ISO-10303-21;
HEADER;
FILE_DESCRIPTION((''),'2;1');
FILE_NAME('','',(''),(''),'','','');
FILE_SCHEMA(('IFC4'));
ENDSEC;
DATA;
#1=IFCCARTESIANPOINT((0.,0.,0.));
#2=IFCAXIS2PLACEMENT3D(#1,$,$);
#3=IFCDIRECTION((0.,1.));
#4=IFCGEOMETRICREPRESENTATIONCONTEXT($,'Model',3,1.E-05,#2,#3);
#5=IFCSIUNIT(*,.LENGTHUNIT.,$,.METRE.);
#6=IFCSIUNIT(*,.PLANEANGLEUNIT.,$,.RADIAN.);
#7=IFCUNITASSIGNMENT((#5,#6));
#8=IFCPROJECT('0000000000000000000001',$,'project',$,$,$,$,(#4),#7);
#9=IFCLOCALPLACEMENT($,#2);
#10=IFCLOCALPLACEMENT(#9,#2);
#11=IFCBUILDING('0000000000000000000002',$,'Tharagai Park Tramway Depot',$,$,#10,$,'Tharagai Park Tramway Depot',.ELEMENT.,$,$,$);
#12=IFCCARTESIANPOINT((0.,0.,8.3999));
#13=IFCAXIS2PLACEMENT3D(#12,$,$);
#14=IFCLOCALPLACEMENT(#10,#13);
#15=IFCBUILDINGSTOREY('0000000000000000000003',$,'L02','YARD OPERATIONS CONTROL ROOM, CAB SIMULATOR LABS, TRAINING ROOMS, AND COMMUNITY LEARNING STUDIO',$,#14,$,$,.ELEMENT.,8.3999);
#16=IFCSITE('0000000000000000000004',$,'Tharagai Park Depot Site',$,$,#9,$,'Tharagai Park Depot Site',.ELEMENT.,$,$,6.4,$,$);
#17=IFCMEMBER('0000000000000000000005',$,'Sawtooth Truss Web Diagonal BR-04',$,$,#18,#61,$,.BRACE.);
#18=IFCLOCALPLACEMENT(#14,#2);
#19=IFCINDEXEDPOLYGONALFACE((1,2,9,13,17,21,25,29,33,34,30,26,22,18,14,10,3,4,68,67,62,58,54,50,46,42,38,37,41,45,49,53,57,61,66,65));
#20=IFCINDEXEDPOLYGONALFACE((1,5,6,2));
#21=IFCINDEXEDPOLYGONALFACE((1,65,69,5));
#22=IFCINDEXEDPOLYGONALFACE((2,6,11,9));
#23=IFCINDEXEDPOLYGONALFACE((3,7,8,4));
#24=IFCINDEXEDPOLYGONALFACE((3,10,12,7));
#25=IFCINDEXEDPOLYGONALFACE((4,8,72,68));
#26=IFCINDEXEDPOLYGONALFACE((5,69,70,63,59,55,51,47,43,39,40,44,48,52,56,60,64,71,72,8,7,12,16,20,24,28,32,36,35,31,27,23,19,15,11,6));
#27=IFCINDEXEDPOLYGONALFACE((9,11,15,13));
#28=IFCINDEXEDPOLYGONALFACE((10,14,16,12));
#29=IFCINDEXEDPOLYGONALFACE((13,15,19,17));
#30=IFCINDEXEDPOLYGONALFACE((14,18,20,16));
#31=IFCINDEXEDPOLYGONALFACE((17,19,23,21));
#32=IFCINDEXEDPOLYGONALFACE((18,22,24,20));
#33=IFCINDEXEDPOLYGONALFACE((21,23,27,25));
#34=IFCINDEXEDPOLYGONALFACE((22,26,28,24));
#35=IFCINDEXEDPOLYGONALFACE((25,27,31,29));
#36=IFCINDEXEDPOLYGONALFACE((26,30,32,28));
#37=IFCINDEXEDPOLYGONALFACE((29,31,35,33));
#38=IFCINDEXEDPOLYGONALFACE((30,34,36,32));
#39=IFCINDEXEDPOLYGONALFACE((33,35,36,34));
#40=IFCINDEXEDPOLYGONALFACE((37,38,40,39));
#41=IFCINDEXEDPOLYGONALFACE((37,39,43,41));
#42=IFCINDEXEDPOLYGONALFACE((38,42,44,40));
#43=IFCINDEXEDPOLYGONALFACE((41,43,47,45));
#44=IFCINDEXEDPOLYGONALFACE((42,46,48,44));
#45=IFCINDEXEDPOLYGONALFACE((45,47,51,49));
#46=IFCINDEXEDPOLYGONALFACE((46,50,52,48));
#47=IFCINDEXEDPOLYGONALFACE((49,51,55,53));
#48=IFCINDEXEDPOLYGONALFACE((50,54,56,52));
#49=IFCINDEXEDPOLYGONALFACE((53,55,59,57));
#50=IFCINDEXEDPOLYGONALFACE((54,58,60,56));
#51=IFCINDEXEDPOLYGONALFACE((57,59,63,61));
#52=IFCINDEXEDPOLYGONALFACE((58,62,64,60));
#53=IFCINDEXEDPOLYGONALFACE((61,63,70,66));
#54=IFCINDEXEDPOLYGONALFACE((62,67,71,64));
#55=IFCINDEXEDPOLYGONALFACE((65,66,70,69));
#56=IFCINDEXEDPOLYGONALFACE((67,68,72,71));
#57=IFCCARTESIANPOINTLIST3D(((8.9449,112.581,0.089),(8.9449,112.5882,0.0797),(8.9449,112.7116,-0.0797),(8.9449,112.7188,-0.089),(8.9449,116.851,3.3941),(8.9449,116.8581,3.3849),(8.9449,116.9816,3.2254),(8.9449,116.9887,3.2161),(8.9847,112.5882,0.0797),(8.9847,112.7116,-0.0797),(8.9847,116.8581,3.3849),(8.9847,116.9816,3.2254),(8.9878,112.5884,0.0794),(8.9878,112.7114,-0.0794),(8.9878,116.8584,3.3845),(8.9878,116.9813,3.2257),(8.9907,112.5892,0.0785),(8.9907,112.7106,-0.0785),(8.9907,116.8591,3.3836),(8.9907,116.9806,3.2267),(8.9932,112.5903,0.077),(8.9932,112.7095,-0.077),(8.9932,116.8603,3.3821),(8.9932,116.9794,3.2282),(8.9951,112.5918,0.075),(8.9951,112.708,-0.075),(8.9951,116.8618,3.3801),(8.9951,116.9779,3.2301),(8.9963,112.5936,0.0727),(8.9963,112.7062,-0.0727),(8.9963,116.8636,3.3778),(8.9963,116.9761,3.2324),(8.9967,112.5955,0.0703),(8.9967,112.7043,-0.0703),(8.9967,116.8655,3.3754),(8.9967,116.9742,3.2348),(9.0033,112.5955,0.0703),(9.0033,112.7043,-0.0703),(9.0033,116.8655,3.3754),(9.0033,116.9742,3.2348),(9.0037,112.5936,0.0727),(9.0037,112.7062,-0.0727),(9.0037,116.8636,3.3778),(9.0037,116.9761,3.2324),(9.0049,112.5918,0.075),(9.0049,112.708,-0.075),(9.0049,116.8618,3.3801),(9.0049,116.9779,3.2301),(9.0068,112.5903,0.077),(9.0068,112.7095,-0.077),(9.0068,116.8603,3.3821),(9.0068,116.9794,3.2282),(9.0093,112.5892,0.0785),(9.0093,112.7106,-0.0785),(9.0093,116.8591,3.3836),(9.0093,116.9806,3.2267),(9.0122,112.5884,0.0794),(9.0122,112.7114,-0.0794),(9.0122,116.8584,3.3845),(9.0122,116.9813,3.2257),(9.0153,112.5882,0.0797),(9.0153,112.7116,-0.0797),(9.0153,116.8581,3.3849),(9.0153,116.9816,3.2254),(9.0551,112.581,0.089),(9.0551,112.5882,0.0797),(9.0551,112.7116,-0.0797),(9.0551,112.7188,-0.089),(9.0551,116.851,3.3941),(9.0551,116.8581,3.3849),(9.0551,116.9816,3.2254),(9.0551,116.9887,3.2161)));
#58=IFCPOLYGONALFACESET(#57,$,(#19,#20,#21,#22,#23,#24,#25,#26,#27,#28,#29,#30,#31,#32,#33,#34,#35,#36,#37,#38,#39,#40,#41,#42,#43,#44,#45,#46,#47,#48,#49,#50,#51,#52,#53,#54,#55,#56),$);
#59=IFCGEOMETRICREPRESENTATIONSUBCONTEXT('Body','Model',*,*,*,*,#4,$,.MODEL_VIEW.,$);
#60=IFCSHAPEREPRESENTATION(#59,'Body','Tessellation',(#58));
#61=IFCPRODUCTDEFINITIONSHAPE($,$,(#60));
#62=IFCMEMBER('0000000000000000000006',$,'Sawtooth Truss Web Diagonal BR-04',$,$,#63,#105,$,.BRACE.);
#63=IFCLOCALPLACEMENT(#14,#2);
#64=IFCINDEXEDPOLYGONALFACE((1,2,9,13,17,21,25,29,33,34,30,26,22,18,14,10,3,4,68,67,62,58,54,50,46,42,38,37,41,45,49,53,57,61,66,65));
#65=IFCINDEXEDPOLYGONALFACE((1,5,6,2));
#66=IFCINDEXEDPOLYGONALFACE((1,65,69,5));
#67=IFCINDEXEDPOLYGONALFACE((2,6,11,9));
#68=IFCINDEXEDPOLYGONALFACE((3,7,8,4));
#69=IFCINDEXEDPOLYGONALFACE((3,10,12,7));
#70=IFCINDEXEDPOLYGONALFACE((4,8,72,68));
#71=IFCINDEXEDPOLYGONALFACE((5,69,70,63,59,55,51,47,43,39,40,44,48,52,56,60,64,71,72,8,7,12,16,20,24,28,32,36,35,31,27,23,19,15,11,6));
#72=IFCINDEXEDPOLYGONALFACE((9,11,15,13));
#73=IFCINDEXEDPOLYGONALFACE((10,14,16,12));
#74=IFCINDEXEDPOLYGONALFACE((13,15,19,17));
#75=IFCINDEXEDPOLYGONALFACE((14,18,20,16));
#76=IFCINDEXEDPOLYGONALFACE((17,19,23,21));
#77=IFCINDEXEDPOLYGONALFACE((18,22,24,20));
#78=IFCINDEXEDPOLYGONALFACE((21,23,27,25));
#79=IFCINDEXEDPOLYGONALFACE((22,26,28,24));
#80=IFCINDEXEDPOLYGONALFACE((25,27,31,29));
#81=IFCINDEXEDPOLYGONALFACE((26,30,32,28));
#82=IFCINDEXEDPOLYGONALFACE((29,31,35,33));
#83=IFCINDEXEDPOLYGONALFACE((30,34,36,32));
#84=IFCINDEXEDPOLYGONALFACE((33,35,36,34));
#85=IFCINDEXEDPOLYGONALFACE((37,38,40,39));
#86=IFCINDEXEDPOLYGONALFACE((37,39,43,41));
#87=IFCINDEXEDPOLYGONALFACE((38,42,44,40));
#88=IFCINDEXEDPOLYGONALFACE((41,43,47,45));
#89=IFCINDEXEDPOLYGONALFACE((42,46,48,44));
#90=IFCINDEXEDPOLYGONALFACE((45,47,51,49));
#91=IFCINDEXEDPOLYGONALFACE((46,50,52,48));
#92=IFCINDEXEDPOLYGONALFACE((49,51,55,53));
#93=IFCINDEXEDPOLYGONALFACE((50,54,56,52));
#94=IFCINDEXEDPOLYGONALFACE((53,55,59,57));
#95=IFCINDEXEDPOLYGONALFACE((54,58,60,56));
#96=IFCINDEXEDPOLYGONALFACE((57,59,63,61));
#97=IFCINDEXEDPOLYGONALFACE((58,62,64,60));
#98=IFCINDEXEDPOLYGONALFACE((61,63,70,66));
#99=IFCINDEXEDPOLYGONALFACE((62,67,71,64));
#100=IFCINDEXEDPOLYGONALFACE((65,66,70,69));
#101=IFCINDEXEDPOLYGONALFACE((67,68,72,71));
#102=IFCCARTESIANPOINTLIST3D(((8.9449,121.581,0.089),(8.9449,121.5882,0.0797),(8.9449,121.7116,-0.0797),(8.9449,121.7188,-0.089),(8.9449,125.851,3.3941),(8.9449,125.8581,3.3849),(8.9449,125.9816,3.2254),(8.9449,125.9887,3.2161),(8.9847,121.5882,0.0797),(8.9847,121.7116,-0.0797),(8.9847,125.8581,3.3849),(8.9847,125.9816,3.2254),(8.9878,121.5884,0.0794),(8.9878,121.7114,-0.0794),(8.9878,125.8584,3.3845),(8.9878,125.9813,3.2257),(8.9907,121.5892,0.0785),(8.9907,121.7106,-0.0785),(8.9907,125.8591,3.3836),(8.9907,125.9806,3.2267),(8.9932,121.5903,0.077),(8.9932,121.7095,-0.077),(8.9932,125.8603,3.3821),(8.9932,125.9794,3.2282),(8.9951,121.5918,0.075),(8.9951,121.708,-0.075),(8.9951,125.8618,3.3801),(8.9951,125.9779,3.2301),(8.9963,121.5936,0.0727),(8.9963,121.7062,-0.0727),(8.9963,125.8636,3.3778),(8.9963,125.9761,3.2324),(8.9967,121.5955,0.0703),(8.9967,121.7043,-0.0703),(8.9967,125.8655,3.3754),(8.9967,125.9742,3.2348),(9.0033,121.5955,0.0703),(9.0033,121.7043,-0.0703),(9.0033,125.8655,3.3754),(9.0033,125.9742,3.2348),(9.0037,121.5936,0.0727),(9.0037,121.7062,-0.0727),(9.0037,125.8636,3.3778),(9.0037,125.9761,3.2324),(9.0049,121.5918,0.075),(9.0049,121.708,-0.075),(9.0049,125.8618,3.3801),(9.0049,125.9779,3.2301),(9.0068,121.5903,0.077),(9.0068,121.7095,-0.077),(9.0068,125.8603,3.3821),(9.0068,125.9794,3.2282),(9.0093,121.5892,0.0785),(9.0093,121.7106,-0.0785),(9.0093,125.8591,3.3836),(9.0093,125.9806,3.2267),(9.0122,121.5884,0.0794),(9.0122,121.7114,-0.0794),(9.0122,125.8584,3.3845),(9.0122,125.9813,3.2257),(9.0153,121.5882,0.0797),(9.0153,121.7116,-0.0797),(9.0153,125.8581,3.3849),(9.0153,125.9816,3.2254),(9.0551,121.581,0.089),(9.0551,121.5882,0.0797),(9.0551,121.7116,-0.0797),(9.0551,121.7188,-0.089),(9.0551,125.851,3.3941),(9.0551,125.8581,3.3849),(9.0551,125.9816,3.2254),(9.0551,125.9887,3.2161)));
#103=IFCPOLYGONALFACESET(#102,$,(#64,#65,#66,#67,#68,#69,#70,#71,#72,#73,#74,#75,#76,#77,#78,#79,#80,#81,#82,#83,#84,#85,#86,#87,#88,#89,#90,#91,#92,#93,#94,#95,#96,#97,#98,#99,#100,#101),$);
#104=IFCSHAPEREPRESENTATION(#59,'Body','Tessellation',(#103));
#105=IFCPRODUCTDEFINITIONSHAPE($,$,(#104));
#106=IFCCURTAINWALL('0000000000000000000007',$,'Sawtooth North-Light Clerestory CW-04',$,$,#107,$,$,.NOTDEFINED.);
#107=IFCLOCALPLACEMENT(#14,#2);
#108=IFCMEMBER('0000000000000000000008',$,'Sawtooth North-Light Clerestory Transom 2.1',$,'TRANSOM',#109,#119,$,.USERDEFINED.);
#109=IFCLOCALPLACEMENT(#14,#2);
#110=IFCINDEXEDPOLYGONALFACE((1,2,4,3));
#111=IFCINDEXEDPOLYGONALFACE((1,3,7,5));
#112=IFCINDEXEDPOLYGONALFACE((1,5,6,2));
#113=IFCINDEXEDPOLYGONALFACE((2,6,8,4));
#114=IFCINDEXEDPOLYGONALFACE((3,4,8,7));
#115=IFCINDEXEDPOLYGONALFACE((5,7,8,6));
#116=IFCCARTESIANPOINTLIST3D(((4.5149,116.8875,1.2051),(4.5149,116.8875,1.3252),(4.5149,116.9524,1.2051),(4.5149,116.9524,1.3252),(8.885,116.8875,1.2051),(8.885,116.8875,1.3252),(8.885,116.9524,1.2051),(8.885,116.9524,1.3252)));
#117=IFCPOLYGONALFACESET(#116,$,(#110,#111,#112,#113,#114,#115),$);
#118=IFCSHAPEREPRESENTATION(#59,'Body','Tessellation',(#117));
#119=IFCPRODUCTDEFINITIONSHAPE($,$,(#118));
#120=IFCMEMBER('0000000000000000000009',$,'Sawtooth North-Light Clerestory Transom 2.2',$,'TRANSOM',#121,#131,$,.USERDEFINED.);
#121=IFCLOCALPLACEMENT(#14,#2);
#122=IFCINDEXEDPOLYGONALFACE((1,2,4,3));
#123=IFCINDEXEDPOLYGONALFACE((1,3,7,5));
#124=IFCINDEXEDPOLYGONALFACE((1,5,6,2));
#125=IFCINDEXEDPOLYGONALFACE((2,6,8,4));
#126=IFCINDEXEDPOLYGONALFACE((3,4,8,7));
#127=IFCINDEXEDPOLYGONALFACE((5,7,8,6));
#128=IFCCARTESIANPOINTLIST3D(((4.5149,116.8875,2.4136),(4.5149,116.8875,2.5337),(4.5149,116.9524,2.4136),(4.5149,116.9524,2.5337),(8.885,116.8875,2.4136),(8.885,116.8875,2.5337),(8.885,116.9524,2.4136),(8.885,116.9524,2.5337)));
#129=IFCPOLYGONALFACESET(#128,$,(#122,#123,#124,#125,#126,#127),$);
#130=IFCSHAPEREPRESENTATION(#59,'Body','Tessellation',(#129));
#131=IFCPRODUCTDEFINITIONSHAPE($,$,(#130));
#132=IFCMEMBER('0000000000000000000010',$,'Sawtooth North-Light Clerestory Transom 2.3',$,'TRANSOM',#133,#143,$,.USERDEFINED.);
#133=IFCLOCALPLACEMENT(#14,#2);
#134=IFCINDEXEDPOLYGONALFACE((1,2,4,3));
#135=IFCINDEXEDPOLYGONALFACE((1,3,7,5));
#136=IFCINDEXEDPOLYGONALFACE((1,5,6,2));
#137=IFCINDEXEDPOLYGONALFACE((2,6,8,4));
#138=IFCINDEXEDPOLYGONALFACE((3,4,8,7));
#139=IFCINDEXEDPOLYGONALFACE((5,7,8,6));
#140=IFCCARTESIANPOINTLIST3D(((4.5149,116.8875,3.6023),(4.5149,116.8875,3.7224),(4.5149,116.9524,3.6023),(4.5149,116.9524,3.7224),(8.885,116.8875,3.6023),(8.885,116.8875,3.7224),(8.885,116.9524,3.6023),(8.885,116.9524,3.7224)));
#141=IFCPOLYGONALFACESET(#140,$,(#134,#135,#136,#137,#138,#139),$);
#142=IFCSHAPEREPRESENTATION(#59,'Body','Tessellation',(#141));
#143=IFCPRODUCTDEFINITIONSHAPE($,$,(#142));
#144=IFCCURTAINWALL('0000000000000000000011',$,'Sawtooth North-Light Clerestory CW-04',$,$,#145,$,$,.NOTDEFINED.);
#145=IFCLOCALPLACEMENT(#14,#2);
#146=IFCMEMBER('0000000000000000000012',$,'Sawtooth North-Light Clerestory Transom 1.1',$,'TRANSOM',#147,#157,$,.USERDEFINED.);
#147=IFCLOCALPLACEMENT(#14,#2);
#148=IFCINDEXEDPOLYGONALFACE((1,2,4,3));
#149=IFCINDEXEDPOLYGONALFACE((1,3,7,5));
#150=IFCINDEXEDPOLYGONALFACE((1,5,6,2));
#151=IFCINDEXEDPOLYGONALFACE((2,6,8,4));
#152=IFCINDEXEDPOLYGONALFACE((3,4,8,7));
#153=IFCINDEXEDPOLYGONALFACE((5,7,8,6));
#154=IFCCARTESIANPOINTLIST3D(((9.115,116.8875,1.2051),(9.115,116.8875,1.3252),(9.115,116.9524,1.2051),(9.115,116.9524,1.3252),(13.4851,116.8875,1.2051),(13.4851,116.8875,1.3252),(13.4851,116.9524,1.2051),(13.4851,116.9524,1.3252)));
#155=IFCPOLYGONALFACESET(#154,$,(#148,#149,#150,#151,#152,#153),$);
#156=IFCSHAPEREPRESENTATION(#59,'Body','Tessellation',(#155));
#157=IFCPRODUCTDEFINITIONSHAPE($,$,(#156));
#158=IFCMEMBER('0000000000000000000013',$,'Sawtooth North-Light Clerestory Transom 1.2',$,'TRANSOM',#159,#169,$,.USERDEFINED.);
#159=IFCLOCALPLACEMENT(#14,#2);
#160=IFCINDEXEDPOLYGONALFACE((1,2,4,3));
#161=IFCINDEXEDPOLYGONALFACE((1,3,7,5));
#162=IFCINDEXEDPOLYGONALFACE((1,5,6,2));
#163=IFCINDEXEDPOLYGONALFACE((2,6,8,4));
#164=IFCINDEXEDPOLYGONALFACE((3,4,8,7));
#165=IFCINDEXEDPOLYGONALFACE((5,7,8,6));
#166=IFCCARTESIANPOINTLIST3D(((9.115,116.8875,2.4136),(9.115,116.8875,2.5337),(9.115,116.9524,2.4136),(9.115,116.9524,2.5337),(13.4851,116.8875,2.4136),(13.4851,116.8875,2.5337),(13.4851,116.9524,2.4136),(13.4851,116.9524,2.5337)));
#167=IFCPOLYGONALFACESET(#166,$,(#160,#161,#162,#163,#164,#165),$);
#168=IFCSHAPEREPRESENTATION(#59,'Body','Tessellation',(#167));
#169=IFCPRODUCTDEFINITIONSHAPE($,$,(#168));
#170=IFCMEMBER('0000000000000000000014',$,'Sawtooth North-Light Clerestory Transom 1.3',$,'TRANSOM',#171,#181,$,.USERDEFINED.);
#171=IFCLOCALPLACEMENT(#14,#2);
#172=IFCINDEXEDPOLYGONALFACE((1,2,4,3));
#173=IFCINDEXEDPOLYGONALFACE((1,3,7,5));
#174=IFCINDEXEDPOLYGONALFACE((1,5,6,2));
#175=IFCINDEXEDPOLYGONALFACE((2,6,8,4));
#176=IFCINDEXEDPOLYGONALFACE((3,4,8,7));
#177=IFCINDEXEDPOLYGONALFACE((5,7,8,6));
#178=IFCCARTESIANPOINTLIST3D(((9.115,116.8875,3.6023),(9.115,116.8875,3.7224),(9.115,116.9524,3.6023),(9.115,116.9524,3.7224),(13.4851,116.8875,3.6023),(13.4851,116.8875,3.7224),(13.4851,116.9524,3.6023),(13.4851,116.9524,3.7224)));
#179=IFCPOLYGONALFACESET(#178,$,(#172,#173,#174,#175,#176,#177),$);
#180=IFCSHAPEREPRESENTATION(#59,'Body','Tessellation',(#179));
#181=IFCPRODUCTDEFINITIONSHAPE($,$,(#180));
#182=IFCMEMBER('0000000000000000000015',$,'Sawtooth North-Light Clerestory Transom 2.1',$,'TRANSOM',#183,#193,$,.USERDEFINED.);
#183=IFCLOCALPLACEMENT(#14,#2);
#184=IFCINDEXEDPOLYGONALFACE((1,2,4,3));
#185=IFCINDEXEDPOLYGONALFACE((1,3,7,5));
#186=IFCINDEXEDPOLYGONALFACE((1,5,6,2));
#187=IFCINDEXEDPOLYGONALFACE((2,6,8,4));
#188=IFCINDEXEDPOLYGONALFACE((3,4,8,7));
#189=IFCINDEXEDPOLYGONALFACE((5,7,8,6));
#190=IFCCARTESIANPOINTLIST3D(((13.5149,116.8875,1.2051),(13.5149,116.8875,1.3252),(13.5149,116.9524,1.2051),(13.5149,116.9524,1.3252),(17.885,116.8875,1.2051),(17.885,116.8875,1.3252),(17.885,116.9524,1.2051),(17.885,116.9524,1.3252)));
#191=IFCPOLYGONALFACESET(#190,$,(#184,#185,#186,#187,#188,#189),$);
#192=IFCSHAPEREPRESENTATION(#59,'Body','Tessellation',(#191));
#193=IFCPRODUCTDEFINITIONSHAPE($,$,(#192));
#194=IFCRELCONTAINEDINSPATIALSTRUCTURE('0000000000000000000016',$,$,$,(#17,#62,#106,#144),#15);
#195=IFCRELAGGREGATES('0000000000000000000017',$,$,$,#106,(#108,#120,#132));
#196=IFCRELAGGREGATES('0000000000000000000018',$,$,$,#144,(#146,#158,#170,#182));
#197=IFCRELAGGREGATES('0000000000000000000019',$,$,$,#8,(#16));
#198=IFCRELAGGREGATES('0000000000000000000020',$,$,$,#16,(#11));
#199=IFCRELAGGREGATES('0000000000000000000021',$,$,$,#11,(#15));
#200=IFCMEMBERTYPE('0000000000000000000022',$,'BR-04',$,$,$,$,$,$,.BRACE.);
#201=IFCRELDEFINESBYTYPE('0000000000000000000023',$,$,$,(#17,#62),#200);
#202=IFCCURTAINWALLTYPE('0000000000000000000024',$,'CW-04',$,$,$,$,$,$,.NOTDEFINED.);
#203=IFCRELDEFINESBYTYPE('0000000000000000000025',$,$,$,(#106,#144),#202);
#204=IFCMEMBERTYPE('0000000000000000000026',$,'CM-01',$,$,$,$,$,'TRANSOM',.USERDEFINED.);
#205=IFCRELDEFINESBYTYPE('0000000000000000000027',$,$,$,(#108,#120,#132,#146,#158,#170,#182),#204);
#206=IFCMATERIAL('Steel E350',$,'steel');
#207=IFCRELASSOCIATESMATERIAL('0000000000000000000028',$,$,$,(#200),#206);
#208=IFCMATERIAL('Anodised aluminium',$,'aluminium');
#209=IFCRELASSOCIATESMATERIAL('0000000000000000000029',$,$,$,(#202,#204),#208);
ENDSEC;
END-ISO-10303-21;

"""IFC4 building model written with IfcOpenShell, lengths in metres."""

from ifc_helpers import new_model, si_unit, direction, frame, origin, origin_2d, place, context, subcontext, project, spatial, rectangle, i_section, extrude, material, material_profile, profile_set, type_object, element, aggregate, save


model = new_model("IFC4")

# Units and contexts
model_context = context("Model", 3, precision=1e-05, world=origin(), true_north=direction((0.0, 1.0)))
body_context = subcontext(model_context, "Body", "Model", "MODEL_VIEW")
ifc_project = project(units=[si_unit("LENGTHUNIT", "METRE"), si_unit("PLANEANGLEUNIT", "RADIAN")], contexts=[model_context])

# Site, building, storey
site_placement = place(None, origin())
site = spatial("IfcSite", under=ifc_project, at=site_placement, Name="Tharagai Park Depot Site", LongName="Tharagai Park Depot Site", CompositionType="ELEMENT", RefElevation=6.4)
building_placement = place(site_placement, origin())
building = spatial("IfcBuilding", under=site, at=building_placement, Name="Tharagai Park Tramway Depot", LongName="Tharagai Park Tramway Depot", CompositionType="ELEMENT")
storey_placement = place(building_placement, frame((0.0, 0.0, 8.3999)))
storey = spatial("IfcBuildingStorey", under=building, at=storey_placement, Name="L02", Description="YARD OPERATIONS CONTROL ROOM, CAB SIMULATOR LABS, TRAINING ROOMS, AND COMMUNITY LEARNING STUDIO", CompositionType="ELEMENT", Elevation=8.3999)

# Shared definitions
ifc_material_1 = material(Name="Steel E350", Category="steel")

# Members
ifc_material_profile_1 = material_profile(ifc_material_1, i_section(OverallWidth=0.1101, OverallDepth=0.2251, WebThickness=0.0066, FlangeThickness=0.0117, FilletRadius=0.012, at=origin_2d()), Name="ISMB 225")
ifc_profile_set_1 = profile_set([ifc_material_profile_1], Name="Steel E350")
member_type_1 = type_object("IfcMemberType", Name="BR-04", PredefinedType="BRACE", material=ifc_profile_set_1)
for number, where, z_axis, x_axis, name in (
    (1, (9.0, 112.6499, 0.0), (0.0, 0.790782, 0.612098), (-1.0, 0.0, 0.0), "Sawtooth Truss Web Diagonal BR-04"),
    (2, (9.0, 121.6499, 0.0), (0.0, 0.790782, 0.612098), (-1.0, 0.0, 0.0), "Sawtooth Truss Web Diagonal BR-04"),
):
    element("IfcMember", number, at=place(storey_placement, frame(where, z_axis=z_axis, x_axis=x_axis)), inside=storey, type_object=member_type_1, Name=name, PredefinedType="BRACE", context=body_context, shape_type="SweptSolid", body=[
        extrude(i_section(OverallWidth=0.1101, OverallDepth=0.2251, WebThickness=0.0066, FlangeThickness=0.0117, FilletRadius=0.012, at=origin_2d()), origin(), (0.0, 0.0, 1.0), 5.3997),
    ])

# Curtain walls, members
ifc_material_2 = material(Name="Anodised aluminium", Category="aluminium")
curtain_wall_type = type_object("IfcCurtainWallType", Name="CW-04", PredefinedType="NOTDEFINED", material=ifc_material_2)
curtain_wall_1_placement = place(storey_placement, origin())
curtain_wall_1 = element("IfcCurtainWall", 3, at=curtain_wall_1_placement, inside=storey, type_object=curtain_wall_type, Name="Sawtooth North-Light Clerestory CW-04", PredefinedType="NOTDEFINED")
ifc_material_profile_2 = material_profile(ifc_material_2, rectangle(XDim=0.0649, YDim=0.1201, at=origin_2d()), Name="ALU 65x120")
ifc_profile_set_2 = profile_set([ifc_material_profile_2], Name="Anodised aluminium")
member_type_2 = type_object("IfcMemberType", Name="CM-01", ElementType="TRANSOM", PredefinedType="USERDEFINED", material=ifc_profile_set_2)
member_1_placement = place(storey_placement, frame((4.5149, 116.9199, 1.2651), z_axis=(1.0, 0.0, 0.0), x_axis=(0.0, 1.0, 0.0)))
member_1 = element("IfcMember", 4, at=member_1_placement, type_object=member_type_2, Name="Sawtooth North-Light Clerestory Transom 2.1", ObjectType="TRANSOM", PredefinedType="USERDEFINED", context=body_context, shape_type="SweptSolid", body=[
    extrude(rectangle(XDim=0.0649, YDim=0.1201, at=origin_2d()), origin(), (0.0, 0.0, 1.0), 4.3701),
])
member_2_placement = place(storey_placement, frame((4.5149, 116.9199, 2.4736), z_axis=(1.0, 0.0, 0.0), x_axis=(0.0, 1.0, 0.0)))
member_2 = element("IfcMember", 5, at=member_2_placement, type_object=member_type_2, Name="Sawtooth North-Light Clerestory Transom 2.2", ObjectType="TRANSOM", PredefinedType="USERDEFINED", context=body_context, shape_type="SweptSolid", body=[
    extrude(rectangle(XDim=0.0649, YDim=0.1201, at=origin_2d()), origin(), (0.0, 0.0, 1.0), 4.3701),
])
member_3_placement = place(storey_placement, frame((4.5149, 116.9199, 3.6624), z_axis=(1.0, 0.0, 0.0), x_axis=(0.0, 1.0, 0.0)))
member_3 = element("IfcMember", 6, at=member_3_placement, type_object=member_type_2, Name="Sawtooth North-Light Clerestory Transom 2.3", ObjectType="TRANSOM", PredefinedType="USERDEFINED", context=body_context, shape_type="SweptSolid", body=[
    extrude(rectangle(XDim=0.0649, YDim=0.1201, at=origin_2d()), origin(), (0.0, 0.0, 1.0), 4.3701),
])
curtain_wall_2_placement = place(storey_placement, origin())
curtain_wall_2 = element("IfcCurtainWall", 7, at=curtain_wall_2_placement, inside=storey, type_object=curtain_wall_type, Name="Sawtooth North-Light Clerestory CW-04", PredefinedType="NOTDEFINED")
member_4_placement = place(storey_placement, frame((9.115, 116.9199, 1.2651), z_axis=(1.0, 0.0, 0.0), x_axis=(0.0, 1.0, 0.0)))
member_4 = element("IfcMember", 8, at=member_4_placement, type_object=member_type_2, Name="Sawtooth North-Light Clerestory Transom 1.1", ObjectType="TRANSOM", PredefinedType="USERDEFINED", context=body_context, shape_type="SweptSolid", body=[
    extrude(rectangle(XDim=0.0649, YDim=0.1201, at=origin_2d()), origin(), (0.0, 0.0, 1.0), 4.3701),
])
member_5_placement = place(storey_placement, frame((9.115, 116.9199, 2.4736), z_axis=(1.0, 0.0, 0.0), x_axis=(0.0, 1.0, 0.0)))
member_5 = element("IfcMember", 9, at=member_5_placement, type_object=member_type_2, Name="Sawtooth North-Light Clerestory Transom 1.2", ObjectType="TRANSOM", PredefinedType="USERDEFINED", context=body_context, shape_type="SweptSolid", body=[
    extrude(rectangle(XDim=0.0649, YDim=0.1201, at=origin_2d()), origin(), (0.0, 0.0, 1.0), 4.3701),
])
member_6_placement = place(storey_placement, frame((9.115, 116.9199, 3.6624), z_axis=(1.0, 0.0, 0.0), x_axis=(0.0, 1.0, 0.0)))
member_6 = element("IfcMember", 10, at=member_6_placement, type_object=member_type_2, Name="Sawtooth North-Light Clerestory Transom 1.3", ObjectType="TRANSOM", PredefinedType="USERDEFINED", context=body_context, shape_type="SweptSolid", body=[
    extrude(rectangle(XDim=0.0649, YDim=0.1201, at=origin_2d()), origin(), (0.0, 0.0, 1.0), 4.3701),
])
member_7_placement = place(storey_placement, frame((13.5149, 116.9199, 1.2651), z_axis=(1.0, 0.0, 0.0), x_axis=(0.0, 1.0, 0.0)))
member_7 = element("IfcMember", 11, at=member_7_placement, type_object=member_type_2, Name="Sawtooth North-Light Clerestory Transom 2.1", ObjectType="TRANSOM", PredefinedType="USERDEFINED", context=body_context, shape_type="SweptSolid", body=[
    extrude(rectangle(XDim=0.0649, YDim=0.1201, at=origin_2d()), origin(), (0.0, 0.0, 1.0), 4.3701),
])

aggregate(curtain_wall_1, [member_1, member_2, member_3])
aggregate(curtain_wall_2, [member_4, member_5, member_6, member_7])

save(model, "model.ifc")
